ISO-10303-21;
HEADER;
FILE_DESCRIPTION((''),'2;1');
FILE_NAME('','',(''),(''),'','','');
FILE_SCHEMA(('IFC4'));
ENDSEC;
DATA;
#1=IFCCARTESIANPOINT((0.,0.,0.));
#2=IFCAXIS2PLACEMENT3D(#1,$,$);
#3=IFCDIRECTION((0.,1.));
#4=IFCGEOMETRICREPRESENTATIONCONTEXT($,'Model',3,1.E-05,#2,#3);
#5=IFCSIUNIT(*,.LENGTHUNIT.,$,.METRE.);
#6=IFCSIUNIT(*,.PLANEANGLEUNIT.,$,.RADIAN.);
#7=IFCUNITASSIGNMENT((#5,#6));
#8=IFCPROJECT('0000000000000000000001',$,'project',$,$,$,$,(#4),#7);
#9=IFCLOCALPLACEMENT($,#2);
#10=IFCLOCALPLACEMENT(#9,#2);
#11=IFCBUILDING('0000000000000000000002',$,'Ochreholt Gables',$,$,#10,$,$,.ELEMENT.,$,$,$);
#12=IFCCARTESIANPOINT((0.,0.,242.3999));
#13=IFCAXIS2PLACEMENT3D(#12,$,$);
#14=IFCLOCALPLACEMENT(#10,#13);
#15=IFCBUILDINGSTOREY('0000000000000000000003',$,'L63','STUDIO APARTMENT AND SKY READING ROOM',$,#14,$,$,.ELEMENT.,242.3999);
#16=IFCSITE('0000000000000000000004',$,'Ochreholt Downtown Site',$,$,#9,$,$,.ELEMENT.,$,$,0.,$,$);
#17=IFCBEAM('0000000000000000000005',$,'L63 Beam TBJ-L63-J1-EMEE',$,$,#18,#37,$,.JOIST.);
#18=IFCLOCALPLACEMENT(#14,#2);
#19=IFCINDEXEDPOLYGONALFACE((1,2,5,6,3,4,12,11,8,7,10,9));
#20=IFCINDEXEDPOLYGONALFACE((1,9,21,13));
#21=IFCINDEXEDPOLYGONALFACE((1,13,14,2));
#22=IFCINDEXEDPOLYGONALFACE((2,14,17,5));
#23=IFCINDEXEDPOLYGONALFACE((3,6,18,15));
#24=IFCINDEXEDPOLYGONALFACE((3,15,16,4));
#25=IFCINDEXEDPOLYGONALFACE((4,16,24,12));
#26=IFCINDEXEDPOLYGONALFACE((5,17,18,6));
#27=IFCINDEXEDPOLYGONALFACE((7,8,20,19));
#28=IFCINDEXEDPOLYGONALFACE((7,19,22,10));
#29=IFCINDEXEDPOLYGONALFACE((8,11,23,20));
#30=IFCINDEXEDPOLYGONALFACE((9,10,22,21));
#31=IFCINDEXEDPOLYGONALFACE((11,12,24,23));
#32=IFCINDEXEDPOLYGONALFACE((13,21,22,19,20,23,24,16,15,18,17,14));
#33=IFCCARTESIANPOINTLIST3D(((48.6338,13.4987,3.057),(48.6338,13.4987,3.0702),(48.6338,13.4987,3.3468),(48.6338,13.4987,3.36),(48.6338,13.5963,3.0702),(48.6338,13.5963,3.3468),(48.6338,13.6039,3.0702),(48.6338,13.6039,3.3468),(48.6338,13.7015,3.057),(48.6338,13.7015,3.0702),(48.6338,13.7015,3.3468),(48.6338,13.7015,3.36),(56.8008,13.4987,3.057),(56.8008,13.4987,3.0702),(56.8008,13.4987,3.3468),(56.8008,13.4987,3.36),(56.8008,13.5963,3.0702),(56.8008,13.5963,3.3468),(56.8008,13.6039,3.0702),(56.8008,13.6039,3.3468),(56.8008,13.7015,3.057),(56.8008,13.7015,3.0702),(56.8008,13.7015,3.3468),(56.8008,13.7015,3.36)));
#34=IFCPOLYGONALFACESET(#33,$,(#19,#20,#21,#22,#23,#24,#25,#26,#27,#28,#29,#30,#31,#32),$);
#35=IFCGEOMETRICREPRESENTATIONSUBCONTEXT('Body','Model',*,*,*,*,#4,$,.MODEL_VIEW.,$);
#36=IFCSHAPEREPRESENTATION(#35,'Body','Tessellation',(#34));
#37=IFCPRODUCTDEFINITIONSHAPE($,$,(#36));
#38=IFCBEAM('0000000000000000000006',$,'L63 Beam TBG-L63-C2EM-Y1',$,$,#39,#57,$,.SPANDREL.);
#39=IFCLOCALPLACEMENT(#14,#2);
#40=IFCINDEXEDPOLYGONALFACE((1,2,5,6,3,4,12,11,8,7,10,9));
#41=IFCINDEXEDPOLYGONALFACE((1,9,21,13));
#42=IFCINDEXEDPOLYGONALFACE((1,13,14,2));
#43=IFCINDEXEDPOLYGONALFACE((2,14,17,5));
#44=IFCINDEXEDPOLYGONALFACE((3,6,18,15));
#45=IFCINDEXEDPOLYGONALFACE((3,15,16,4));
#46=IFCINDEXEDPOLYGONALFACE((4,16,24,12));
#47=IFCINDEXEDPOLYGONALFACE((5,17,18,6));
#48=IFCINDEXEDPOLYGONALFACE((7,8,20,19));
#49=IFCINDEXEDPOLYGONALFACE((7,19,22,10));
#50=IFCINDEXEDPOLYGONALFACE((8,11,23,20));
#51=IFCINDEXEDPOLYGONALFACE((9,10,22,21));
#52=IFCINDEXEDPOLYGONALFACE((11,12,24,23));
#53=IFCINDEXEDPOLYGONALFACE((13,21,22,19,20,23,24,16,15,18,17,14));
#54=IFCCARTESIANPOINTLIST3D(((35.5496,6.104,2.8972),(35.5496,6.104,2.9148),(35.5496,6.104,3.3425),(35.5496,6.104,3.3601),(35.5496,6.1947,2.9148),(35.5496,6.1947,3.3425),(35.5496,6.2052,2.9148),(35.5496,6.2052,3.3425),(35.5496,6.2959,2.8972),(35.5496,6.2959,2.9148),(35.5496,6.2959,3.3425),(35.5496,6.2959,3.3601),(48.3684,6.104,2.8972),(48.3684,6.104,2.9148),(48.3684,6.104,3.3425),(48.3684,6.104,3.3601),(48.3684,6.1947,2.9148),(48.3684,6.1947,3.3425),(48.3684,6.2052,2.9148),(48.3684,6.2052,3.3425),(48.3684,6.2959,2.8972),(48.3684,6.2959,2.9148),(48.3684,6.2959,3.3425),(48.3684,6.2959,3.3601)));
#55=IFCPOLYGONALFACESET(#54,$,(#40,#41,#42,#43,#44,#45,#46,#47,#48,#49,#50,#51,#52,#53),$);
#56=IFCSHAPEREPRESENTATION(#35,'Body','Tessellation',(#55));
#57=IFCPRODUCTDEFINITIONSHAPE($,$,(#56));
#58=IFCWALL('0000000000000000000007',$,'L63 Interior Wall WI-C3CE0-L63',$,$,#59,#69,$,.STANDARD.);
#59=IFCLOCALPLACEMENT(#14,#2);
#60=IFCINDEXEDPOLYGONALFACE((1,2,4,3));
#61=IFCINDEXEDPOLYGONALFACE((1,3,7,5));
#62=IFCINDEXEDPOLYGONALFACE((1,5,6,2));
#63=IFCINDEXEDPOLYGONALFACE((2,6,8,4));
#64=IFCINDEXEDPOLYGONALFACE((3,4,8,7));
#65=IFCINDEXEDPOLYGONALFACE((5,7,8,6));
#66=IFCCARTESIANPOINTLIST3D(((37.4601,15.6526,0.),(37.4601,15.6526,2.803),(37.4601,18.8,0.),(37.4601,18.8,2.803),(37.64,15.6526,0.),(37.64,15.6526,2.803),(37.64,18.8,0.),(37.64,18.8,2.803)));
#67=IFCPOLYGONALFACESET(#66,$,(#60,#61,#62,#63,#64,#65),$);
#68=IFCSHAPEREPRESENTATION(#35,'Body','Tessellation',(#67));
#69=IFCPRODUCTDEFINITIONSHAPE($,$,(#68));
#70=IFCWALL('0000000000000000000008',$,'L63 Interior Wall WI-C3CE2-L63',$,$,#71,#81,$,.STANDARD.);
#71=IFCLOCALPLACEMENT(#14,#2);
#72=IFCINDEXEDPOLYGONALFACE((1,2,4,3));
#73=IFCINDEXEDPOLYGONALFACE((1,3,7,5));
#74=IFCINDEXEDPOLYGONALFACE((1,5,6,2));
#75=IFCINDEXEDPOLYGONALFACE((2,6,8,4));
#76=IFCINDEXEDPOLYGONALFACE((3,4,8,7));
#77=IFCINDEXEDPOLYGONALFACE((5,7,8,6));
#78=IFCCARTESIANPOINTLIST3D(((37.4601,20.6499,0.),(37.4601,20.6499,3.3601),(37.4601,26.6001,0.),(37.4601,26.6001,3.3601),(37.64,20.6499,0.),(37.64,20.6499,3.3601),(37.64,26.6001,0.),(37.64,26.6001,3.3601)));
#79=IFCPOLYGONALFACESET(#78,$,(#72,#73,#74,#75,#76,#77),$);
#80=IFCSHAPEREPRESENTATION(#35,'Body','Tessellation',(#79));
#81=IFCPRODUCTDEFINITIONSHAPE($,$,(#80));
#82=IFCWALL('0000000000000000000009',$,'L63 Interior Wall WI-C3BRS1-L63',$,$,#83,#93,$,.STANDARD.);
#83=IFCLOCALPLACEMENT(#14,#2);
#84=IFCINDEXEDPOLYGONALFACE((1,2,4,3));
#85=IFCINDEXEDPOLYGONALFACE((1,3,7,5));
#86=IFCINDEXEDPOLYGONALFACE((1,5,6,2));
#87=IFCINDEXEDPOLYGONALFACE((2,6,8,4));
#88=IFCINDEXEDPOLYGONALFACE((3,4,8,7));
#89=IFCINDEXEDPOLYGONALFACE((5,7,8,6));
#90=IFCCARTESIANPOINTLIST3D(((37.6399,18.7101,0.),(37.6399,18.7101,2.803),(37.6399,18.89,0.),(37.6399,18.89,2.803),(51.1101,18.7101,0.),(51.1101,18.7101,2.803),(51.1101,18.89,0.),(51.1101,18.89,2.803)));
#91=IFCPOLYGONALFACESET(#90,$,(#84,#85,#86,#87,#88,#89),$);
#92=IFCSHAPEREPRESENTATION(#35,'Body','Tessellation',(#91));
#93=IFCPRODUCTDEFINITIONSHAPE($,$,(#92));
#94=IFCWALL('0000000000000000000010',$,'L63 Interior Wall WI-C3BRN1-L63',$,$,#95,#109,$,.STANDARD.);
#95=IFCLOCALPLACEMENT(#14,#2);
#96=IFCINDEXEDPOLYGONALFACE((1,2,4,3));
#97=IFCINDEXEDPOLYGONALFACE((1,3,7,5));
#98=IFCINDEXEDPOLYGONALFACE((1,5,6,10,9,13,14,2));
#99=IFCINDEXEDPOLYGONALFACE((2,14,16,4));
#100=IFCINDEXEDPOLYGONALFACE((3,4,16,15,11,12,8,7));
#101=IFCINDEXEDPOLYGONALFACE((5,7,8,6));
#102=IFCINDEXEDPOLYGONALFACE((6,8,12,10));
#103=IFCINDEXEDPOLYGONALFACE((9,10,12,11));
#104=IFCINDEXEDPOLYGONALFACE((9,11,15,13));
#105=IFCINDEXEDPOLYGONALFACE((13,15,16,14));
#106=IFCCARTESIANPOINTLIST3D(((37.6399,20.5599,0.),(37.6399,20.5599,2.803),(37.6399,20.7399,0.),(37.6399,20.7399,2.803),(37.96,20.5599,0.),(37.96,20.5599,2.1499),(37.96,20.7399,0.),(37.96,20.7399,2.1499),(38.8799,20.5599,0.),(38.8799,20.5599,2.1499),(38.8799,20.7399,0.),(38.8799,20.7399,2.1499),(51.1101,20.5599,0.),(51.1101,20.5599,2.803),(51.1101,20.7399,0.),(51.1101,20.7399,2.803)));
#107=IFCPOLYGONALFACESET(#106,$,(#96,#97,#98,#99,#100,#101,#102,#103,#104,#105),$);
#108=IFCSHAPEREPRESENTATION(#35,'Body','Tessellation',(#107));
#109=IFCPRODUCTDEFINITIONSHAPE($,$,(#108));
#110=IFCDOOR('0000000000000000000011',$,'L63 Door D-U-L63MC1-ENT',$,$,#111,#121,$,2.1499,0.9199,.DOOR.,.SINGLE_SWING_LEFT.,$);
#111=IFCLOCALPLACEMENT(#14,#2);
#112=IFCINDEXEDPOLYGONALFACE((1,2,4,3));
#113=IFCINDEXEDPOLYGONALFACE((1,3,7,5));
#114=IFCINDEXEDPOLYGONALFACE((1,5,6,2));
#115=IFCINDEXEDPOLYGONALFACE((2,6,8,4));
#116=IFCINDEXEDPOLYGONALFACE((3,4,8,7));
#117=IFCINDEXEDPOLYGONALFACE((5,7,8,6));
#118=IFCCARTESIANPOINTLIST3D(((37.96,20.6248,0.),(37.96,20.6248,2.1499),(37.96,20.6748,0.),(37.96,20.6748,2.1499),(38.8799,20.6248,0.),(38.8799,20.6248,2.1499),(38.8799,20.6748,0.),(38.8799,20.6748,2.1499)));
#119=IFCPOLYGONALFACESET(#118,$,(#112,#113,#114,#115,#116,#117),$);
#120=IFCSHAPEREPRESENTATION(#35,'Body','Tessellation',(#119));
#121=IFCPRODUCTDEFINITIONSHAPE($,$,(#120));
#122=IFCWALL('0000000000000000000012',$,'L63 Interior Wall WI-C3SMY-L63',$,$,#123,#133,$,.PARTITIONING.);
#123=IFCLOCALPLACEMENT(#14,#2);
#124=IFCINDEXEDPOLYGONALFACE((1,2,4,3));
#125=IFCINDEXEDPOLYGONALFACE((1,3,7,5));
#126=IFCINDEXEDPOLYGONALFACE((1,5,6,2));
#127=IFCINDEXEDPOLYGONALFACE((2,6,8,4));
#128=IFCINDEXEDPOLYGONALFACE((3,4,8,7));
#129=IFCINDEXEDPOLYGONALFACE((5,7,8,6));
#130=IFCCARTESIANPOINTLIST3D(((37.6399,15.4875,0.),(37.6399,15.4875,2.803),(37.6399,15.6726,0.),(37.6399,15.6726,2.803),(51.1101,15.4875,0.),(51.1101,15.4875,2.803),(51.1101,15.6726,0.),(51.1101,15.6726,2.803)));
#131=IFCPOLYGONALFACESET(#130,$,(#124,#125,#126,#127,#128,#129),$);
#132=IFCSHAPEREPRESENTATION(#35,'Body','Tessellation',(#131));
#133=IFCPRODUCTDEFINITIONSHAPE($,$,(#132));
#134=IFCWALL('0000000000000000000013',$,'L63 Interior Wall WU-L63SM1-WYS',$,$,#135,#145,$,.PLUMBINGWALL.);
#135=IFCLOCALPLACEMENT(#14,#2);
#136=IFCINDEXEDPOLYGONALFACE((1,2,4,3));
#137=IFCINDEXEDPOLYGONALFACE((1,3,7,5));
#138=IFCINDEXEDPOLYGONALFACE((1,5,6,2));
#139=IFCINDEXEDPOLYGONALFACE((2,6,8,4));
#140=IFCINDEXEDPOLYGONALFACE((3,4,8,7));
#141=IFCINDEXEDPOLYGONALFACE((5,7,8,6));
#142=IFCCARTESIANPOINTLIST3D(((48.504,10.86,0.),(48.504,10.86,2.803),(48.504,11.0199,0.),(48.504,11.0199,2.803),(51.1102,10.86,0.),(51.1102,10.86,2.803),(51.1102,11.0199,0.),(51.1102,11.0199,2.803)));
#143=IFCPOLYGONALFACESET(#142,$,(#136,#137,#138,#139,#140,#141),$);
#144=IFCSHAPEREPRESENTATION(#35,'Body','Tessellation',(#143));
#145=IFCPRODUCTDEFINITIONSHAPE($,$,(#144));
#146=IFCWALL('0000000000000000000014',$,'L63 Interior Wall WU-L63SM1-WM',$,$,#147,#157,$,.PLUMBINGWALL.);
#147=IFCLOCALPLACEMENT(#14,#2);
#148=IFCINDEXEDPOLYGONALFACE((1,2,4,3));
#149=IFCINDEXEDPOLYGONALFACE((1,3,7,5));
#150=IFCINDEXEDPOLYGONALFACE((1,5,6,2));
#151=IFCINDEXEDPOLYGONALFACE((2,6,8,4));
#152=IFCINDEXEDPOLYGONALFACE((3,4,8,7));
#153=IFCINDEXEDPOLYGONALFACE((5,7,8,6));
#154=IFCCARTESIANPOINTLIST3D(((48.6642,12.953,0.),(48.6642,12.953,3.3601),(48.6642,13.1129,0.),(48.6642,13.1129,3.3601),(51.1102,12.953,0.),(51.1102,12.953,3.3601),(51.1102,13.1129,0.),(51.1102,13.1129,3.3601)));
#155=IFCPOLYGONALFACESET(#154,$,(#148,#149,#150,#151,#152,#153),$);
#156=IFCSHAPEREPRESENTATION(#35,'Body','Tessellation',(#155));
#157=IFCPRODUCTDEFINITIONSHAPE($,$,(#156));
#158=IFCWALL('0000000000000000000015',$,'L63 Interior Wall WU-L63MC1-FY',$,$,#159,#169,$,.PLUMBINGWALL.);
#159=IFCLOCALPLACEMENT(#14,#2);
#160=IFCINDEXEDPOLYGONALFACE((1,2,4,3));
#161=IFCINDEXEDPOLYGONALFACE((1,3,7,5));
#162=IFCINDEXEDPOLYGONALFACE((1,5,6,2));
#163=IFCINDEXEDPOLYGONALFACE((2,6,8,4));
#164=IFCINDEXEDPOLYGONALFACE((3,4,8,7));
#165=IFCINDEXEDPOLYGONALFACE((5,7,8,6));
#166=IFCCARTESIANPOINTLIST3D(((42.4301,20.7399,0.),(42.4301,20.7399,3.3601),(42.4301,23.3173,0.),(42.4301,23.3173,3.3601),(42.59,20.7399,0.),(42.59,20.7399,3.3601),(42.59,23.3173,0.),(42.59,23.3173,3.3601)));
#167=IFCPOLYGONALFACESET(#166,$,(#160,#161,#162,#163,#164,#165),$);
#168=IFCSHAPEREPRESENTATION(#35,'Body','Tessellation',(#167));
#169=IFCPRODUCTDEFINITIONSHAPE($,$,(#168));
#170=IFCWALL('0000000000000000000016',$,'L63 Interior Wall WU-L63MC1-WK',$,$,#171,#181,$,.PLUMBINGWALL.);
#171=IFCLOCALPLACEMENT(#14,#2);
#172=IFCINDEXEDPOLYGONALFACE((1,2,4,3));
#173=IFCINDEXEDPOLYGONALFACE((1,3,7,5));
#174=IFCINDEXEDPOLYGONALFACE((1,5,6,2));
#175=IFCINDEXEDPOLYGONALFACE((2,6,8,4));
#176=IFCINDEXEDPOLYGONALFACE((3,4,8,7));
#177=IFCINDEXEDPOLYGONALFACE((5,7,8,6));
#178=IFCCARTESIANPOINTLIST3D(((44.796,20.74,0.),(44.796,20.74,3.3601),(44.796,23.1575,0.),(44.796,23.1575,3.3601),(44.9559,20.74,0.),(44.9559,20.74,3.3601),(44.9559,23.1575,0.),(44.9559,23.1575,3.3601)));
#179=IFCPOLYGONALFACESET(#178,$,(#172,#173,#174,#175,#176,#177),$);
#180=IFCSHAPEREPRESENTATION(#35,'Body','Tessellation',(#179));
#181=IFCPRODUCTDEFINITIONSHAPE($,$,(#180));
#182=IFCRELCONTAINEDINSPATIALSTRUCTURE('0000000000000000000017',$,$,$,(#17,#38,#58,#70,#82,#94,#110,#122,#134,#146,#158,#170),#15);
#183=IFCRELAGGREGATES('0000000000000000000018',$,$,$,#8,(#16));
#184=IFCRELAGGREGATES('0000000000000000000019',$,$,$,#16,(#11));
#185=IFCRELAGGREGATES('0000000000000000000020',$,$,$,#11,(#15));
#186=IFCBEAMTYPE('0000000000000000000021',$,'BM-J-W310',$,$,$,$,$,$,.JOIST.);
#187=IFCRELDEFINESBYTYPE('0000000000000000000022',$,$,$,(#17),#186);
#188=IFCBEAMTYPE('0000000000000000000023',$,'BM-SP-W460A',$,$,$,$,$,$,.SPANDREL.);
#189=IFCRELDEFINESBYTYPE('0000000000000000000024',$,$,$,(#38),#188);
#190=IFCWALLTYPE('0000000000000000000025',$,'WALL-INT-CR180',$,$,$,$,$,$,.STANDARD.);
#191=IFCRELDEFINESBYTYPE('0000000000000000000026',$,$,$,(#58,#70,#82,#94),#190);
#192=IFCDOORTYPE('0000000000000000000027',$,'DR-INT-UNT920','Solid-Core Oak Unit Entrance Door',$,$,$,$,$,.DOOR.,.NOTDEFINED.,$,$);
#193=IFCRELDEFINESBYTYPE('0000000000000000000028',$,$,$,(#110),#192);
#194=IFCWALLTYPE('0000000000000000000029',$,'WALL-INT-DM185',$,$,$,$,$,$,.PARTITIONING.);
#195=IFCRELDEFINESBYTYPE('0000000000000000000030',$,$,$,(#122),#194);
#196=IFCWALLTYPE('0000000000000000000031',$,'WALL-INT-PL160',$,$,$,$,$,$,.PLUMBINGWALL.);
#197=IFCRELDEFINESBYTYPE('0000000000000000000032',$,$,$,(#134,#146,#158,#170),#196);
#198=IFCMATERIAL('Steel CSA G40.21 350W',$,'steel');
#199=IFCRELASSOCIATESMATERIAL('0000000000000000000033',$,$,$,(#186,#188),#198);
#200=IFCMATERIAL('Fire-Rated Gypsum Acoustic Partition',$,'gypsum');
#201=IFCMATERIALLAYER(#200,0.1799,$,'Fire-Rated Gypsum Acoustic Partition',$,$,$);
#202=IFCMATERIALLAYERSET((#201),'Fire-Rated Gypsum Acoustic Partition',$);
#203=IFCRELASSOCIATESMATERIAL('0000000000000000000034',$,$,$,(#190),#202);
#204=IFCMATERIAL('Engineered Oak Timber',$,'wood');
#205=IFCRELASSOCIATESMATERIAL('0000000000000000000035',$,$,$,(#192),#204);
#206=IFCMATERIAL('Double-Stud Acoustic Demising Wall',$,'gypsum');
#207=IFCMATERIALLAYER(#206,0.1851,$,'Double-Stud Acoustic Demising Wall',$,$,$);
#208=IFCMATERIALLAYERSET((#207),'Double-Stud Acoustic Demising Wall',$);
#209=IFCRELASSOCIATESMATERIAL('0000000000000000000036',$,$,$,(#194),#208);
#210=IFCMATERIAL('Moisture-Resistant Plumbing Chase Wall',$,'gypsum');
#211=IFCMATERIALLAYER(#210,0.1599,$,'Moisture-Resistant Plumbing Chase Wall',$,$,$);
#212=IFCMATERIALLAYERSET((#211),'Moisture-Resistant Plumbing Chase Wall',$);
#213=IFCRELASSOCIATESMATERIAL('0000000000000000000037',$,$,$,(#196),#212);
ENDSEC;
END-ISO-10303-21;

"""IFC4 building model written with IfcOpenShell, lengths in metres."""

from ifc_helpers import new_model, si_unit, direction, frame, frame_2d, origin, origin_2d, place, context, subcontext, project, spatial, rectangle, i_section, extrude, material, layer, layer_set, material_profile, profile_set, type_object, element, fill, save


model = new_model("IFC4")

# Units and contexts
model_context = context("Model", 3, precision=1e-05, world=origin(), true_north=direction((0.0, 1.0)))
body_context = subcontext(model_context, "Body", "Model", "MODEL_VIEW")
ifc_project = project(units=[si_unit("LENGTHUNIT", "METRE"), si_unit("PLANEANGLEUNIT", "RADIAN")], contexts=[model_context])

# Site, building, storey
site_placement = place(None, origin())
site = spatial("IfcSite", under=ifc_project, at=site_placement, Name="Ochreholt Downtown Site", CompositionType="ELEMENT", RefElevation=0.0)
building_placement = place(site_placement, origin())
building = spatial("IfcBuilding", under=site, at=building_placement, Name="Ochreholt Gables", CompositionType="ELEMENT")
storey_placement = place(building_placement, frame((0.0, 0.0, 242.3999)))
storey = spatial("IfcBuildingStorey", under=building, at=storey_placement, Name="L63", Description="STUDIO APARTMENT AND SKY READING ROOM", CompositionType="ELEMENT", Elevation=242.3999)

# Shared definitions
ifc_material_1 = material(Name="Steel CSA G40.21 350W", Category="steel")

# Beams
ifc_material_profile_1 = material_profile(ifc_material_1, i_section(OverallWidth=0.2029, OverallDepth=0.303, WebThickness=0.0076, FlangeThickness=0.0132, at=origin_2d()), Name="W310X60")
ifc_profile_set_1 = profile_set([ifc_material_profile_1], Name="Steel CSA G40.21 350W")
beam_type_1 = type_object("IfcBeamType", Name="BM-J-W310", PredefinedType="JOIST", material=ifc_profile_set_1)
beam_1_placement = place(storey_placement, frame((48.6338, 13.6001, 3.2085), z_axis=(1.0, 0.0, 0.0), x_axis=(0.0, 1.0, 0.0)))
element("IfcBeam", 1, at=beam_1_placement, inside=storey, type_object=beam_type_1, Name="L63 Beam TBJ-L63-J1-EMEE", PredefinedType="JOIST", context=body_context, shape_type="SweptSolid", body=[
    extrude(i_section(OverallWidth=0.2029, OverallDepth=0.303, WebThickness=0.0076, FlangeThickness=0.0132, at=origin_2d()), origin(), (0.0, 0.0, 1.0), 8.167),
])
ifc_material_profile_2 = material_profile(ifc_material_1, i_section(OverallWidth=0.1919, OverallDepth=0.4629, WebThickness=0.0105, FlangeThickness=0.0176, at=origin_2d()), Name="W460X89")
ifc_profile_set_2 = profile_set([ifc_material_profile_2], Name="Steel CSA G40.21 350W")
beam_type_2 = type_object("IfcBeamType", Name="BM-SP-W460A", PredefinedType="SPANDREL", material=ifc_profile_set_2)
beam_2_placement = place(storey_placement, frame((35.5496, 6.2, 3.1287), z_axis=(1.0, 0.0, 0.0), x_axis=(0.0, 1.0, 0.0)))
element("IfcBeam", 2, at=beam_2_placement, inside=storey, type_object=beam_type_2, Name="L63 Beam TBG-L63-C2EM-Y1", PredefinedType="SPANDREL", context=body_context, shape_type="SweptSolid", body=[
    extrude(i_section(OverallWidth=0.1919, OverallDepth=0.4629, WebThickness=0.0105, FlangeThickness=0.0176, at=origin_2d()), origin(), (0.0, 0.0, 1.0), 12.8188),
])

# Walls
ifc_material_2 = material(Name="Fire-Rated Gypsum Acoustic Partition", Category="gypsum")
ifc_layer_1 = layer(ifc_material_2, 0.1799, Name="Fire-Rated Gypsum Acoustic Partition")
ifc_layer_set_1 = layer_set([ifc_layer_1], Name="Fire-Rated Gypsum Acoustic Partition")
wall_type_1 = type_object("IfcWallType", Name="WALL-INT-CR180", PredefinedType="STANDARD", material=ifc_layer_set_1)
wall_1_placement = place(storey_placement, frame((37.55, 15.6526, 0.0), z_axis=(0.0, 0.0, 1.0), x_axis=(0.0, 1.0, 0.0)))
element("IfcWall", 3, at=wall_1_placement, inside=storey, type_object=wall_type_1, Name="L63 Interior Wall WI-C3CE0-L63", PredefinedType="STANDARD", context=body_context, shape_type="SweptSolid", body=[
    extrude(rectangle(XDim=3.1475, YDim=0.1799, at=frame_2d((1.5737, 0.0))), origin(), (0.0, 0.0, 1.0), 2.803),
])
wall_2_placement = place(storey_placement, frame((37.55, 20.6499, 0.0), z_axis=(0.0, 0.0, 1.0), x_axis=(0.0, 1.0, 0.0)))
element("IfcWall", 4, at=wall_2_placement, inside=storey, type_object=wall_type_1, Name="L63 Interior Wall WI-C3CE2-L63", PredefinedType="STANDARD", context=body_context, shape_type="SweptSolid", body=[
    extrude(rectangle(XDim=5.9502, YDim=0.1799, at=frame_2d((2.9751, 0.0))), origin(), (0.0, 0.0, 1.0), 3.3601),
])
wall_3_placement = place(storey_placement, frame((37.6399, 18.8, 0.0), z_axis=(0.0, 0.0, 1.0), x_axis=(1.0, 0.0, 0.0)))
element("IfcWall", 5, at=wall_3_placement, inside=storey, type_object=wall_type_1, Name="L63 Interior Wall WI-C3BRS1-L63", PredefinedType="STANDARD", context=body_context, shape_type="SweptSolid", body=[
    extrude(rectangle(XDim=13.4702, YDim=0.1799, at=frame_2d((6.7351, 0.0))), origin(), (0.0, 0.0, 1.0), 2.803),
])

# Wall, opening, door
wall_4_placement = place(storey_placement, frame((37.6399, 20.6499, 0.0), z_axis=(0.0, 0.0, 1.0), x_axis=(1.0, 0.0, 0.0)))
wall_4 = element("IfcWall", 6, at=wall_4_placement, inside=storey, type_object=wall_type_1, Name="L63 Interior Wall WI-C3BRN1-L63", PredefinedType="STANDARD", context=body_context, shape_type="SweptSolid", body=[
    extrude(rectangle(XDim=13.4702, YDim=0.1799, at=frame_2d((6.7351, 0.0))), origin(), (0.0, 0.0, 1.0), 2.803),
])
opening_1_placement = place(wall_4_placement, frame((0.3201, 0.0, 0.0)))
opening_1 = element("IfcOpeningElement", 7, at=opening_1_placement, cuts=wall_4, PredefinedType="OPENING", context=body_context, shape_type="SweptSolid", body=[
    extrude(rectangle(XDim=0.9199, YDim=2.1499, at=frame_2d((0.46, 1.075))), frame((0.0, 0.0999, 0.0), z_axis=(0.0, -1.0, 0.0), x_axis=(1.0, 0.0, 0.0)), (0.0, 0.0, 1.0), 0.2),
])
ifc_material_3 = material(Name="Engineered Oak Timber", Category="wood")
door_type_1 = type_object("IfcDoorType", Name="DR-INT-UNT920", Description="Solid-Core Oak Unit Entrance Door", OperationType="NOTDEFINED", PredefinedType="DOOR", material=ifc_material_3)
door_1_placement = place(opening_1_placement, origin())
door_1 = element("IfcDoor", 8, at=door_1_placement, inside=storey, type_object=door_type_1, Name="L63 Door D-U-L63MC1-ENT", OperationType="SINGLE_SWING_LEFT", OverallHeight=2.1499, OverallWidth=0.9199, PredefinedType="DOOR", context=body_context, shape_type="SweptSolid", body=[
    extrude(rectangle(XDim=0.9199, YDim=2.1499, at=frame_2d((0.46, 1.075))), frame((0.0, 0.0249, 0.0), z_axis=(0.0, -1.0, 0.0), x_axis=(1.0, 0.0, 0.0)), (0.0, 0.0, 1.0), 0.05),
])
fill(opening_1, door_1)

# Walls
ifc_material_4 = material(Name="Double-Stud Acoustic Demising Wall", Category="gypsum")
ifc_layer_2 = layer(ifc_material_4, 0.1851, Name="Double-Stud Acoustic Demising Wall")
ifc_layer_set_2 = layer_set([ifc_layer_2], Name="Double-Stud Acoustic Demising Wall")
wall_type_2 = type_object("IfcWallType", Name="WALL-INT-DM185", PredefinedType="PARTITIONING", material=ifc_layer_set_2)
wall_5_placement = place(storey_placement, frame((37.6399, 15.5801, 0.0), z_axis=(0.0, 0.0, 1.0), x_axis=(1.0, 0.0, 0.0)))
element("IfcWall", 9, at=wall_5_placement, inside=storey, type_object=wall_type_2, Name="L63 Interior Wall WI-C3SMY-L63", PredefinedType="PARTITIONING", context=body_context, shape_type="SweptSolid", body=[
    extrude(rectangle(XDim=13.4702, YDim=0.1851, at=frame_2d((6.7351, 0.0))), origin(), (0.0, 0.0, 1.0), 2.803),
])
ifc_material_5 = material(Name="Moisture-Resistant Plumbing Chase Wall", Category="gypsum")
ifc_layer_3 = layer(ifc_material_5, 0.1599, Name="Moisture-Resistant Plumbing Chase Wall")
ifc_layer_set_3 = layer_set([ifc_layer_3], Name="Moisture-Resistant Plumbing Chase Wall")
wall_type_3 = type_object("IfcWallType", Name="WALL-INT-PL160", PredefinedType="PLUMBINGWALL", material=ifc_layer_set_3)
wall_6_placement = place(storey_placement, frame((48.5039, 10.9399, 0.0), z_axis=(0.0, 0.0, 1.0), x_axis=(1.0, 0.0, 0.0)))
element("IfcWall", 10, at=wall_6_placement, inside=storey, type_object=wall_type_3, Name="L63 Interior Wall WU-L63SM1-WYS", PredefinedType="PLUMBINGWALL", context=body_context, shape_type="SweptSolid", body=[
    extrude(rectangle(XDim=2.6062, YDim=0.1599, at=frame_2d((1.3032, 0.0))), origin(), (0.0, 0.0, 1.0), 2.803),
])

# Walls
wall_7_placement = place(storey_placement, frame((48.6641, 13.033, 0.0), z_axis=(0.0, 0.0, 1.0), x_axis=(1.0, 0.0, 0.0)))
element("IfcWall", 11, at=wall_7_placement, inside=storey, type_object=wall_type_3, Name="L63 Interior Wall WU-L63SM1-WM", PredefinedType="PLUMBINGWALL", context=body_context, shape_type="SweptSolid", body=[
    extrude(rectangle(XDim=2.446, YDim=0.1599, at=frame_2d((1.2231, 0.0))), origin(), (0.0, 0.0, 1.0), 3.3601),
])
wall_8_placement = place(storey_placement, frame((42.51, 20.74, 0.0), z_axis=(0.0, 0.0, 1.0), x_axis=(0.0, 1.0, 0.0)))
element("IfcWall", 12, at=wall_8_placement, inside=storey, type_object=wall_type_3, Name="L63 Interior Wall WU-L63MC1-FY", PredefinedType="PLUMBINGWALL", context=body_context, shape_type="SweptSolid", body=[
    extrude(rectangle(XDim=2.5774, YDim=0.1599, at=frame_2d((1.2886, 0.0))), origin(), (0.0, 0.0, 1.0), 3.3601),
])
wall_9_placement = place(storey_placement, frame((44.876, 20.74, 0.0), z_axis=(0.0, 0.0, 1.0), x_axis=(0.0, 1.0, 0.0)))
element("IfcWall", 13, at=wall_9_placement, inside=storey, type_object=wall_type_3, Name="L63 Interior Wall WU-L63MC1-WK", PredefinedType="PLUMBINGWALL", context=body_context, shape_type="SweptSolid", body=[
    extrude(rectangle(XDim=2.4175, YDim=0.1599, at=frame_2d((1.2087, 0.0))), origin(), (0.0, 0.0, 1.0), 3.3601),
])

save(model, "model.ifc")
